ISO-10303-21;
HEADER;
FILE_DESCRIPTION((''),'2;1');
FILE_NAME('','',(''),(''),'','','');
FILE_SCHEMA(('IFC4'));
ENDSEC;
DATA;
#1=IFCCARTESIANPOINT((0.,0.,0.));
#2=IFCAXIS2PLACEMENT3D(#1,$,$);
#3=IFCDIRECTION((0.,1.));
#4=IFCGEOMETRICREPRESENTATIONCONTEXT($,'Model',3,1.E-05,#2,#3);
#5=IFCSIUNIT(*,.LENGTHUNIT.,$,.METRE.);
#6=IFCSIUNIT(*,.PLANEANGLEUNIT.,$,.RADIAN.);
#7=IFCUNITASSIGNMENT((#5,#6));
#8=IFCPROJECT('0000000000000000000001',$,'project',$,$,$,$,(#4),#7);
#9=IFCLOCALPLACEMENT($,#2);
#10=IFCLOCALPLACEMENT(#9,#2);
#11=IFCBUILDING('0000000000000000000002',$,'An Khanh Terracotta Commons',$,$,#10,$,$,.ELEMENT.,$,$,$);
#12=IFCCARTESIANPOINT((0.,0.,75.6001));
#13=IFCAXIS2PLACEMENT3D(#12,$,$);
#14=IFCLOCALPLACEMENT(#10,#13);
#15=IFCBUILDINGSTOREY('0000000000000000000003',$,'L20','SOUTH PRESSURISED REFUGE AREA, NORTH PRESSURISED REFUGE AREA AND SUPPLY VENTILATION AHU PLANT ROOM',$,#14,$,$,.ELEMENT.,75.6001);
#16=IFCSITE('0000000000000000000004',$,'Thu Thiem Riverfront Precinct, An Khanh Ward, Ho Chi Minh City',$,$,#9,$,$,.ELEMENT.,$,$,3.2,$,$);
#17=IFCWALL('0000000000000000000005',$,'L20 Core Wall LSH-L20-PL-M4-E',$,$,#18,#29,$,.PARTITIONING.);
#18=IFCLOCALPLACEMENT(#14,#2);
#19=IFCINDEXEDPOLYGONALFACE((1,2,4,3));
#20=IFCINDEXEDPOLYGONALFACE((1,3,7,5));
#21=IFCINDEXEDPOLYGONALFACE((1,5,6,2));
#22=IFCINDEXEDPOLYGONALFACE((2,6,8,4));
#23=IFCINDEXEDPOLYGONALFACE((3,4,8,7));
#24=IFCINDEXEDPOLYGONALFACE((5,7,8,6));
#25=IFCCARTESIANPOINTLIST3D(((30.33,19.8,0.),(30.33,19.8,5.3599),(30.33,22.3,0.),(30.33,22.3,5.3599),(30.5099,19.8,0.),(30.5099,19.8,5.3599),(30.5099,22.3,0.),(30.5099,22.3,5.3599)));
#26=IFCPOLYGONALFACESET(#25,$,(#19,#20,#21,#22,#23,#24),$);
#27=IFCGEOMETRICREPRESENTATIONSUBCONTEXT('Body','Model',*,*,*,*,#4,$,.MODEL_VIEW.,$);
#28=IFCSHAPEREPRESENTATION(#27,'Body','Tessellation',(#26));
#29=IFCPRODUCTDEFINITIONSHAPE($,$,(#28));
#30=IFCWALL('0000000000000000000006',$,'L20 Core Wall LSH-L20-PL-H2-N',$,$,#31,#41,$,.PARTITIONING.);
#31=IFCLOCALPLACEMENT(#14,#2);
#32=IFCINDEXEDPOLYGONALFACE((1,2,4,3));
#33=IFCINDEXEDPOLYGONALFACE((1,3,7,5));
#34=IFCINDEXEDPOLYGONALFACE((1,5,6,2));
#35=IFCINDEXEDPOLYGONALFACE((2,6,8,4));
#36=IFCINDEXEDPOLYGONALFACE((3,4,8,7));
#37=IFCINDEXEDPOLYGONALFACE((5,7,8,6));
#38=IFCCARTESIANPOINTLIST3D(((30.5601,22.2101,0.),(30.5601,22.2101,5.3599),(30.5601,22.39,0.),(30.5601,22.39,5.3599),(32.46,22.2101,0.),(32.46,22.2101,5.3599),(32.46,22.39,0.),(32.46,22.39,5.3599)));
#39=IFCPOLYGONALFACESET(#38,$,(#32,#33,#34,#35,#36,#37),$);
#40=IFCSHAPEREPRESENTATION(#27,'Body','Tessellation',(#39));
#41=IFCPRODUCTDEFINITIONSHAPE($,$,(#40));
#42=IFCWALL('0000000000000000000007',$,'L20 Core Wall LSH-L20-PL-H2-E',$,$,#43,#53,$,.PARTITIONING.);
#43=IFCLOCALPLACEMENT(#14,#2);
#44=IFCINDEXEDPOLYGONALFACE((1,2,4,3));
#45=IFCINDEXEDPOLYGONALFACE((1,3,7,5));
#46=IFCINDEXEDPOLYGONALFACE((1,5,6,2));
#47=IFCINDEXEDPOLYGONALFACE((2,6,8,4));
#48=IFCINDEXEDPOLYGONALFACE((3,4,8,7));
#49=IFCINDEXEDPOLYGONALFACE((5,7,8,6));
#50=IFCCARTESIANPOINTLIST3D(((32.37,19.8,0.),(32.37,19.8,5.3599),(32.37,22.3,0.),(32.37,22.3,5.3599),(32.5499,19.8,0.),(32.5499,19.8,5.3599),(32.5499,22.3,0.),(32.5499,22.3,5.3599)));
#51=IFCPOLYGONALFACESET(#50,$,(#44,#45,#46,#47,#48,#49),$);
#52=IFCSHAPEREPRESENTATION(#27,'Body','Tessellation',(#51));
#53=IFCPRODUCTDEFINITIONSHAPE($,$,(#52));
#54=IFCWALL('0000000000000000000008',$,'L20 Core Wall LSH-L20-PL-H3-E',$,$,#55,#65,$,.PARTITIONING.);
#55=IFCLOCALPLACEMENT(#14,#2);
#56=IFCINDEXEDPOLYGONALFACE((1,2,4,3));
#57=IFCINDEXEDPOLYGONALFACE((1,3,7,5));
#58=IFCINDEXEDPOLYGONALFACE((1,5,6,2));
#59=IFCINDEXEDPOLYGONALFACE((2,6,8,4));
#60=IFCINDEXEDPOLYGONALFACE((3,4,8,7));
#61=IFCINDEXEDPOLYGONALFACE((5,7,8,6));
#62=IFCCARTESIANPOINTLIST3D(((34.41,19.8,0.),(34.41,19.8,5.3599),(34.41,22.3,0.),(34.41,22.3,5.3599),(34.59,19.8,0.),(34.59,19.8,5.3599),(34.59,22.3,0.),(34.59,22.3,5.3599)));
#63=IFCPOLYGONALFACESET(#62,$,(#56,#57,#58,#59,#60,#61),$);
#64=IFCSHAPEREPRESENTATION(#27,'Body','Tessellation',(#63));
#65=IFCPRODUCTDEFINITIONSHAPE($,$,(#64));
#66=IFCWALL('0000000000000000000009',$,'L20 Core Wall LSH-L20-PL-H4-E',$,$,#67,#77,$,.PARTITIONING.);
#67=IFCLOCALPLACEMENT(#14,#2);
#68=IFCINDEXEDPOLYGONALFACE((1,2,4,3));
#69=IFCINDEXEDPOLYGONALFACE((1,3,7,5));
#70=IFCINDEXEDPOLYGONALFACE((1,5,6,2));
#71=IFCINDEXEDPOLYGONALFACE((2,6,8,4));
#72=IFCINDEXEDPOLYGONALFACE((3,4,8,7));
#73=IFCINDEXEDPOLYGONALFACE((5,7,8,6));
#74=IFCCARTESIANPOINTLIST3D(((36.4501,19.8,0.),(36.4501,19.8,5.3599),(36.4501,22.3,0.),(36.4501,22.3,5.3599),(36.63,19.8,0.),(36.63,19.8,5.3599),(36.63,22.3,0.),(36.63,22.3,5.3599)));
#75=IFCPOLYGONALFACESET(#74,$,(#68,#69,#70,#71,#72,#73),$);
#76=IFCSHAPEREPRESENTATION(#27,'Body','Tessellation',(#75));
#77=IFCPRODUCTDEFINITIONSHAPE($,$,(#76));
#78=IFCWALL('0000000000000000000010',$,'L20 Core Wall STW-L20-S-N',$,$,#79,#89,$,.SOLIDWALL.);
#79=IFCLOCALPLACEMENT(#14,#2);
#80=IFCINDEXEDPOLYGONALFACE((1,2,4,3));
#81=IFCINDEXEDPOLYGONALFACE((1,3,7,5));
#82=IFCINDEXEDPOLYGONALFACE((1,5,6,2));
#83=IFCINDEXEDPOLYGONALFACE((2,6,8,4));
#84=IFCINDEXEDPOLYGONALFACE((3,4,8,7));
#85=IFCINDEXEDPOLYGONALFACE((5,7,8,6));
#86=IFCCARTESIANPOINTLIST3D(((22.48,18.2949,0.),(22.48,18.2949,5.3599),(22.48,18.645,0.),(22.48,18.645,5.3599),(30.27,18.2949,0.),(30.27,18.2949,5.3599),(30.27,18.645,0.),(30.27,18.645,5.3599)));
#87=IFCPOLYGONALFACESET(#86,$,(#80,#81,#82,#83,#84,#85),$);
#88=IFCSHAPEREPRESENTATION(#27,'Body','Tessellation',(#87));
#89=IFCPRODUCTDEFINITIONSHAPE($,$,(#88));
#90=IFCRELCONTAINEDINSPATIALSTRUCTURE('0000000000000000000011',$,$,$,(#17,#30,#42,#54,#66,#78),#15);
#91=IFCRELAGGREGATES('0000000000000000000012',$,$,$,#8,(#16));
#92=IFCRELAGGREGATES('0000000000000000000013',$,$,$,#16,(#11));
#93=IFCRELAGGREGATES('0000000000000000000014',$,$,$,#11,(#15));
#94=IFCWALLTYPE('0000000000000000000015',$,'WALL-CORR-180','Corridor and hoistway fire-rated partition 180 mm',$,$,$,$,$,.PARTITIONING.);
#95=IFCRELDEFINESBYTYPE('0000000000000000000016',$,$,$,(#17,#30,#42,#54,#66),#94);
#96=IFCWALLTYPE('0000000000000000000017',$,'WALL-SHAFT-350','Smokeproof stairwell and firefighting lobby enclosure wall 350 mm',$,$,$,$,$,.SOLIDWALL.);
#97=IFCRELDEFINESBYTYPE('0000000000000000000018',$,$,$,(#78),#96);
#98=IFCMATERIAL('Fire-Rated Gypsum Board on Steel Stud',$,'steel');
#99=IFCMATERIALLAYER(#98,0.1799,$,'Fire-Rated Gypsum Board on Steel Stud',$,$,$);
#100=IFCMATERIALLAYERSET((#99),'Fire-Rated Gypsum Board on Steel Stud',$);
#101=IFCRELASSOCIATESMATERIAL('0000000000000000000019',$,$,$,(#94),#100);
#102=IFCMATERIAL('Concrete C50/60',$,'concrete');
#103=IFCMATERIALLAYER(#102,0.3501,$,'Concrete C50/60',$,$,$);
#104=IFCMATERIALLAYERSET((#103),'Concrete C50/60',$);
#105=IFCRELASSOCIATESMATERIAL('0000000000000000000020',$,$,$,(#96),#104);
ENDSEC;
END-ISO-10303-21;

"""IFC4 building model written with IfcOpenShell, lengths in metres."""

from ifc_helpers import new_model, si_unit, direction, frame, frame_2d, origin, place, context, subcontext, project, spatial, rectangle, extrude, material, layer, layer_set, type_object, element, save


model = new_model("IFC4")

# Units and contexts
model_context = context("Model", 3, precision=1e-05, world=origin(), true_north=direction((0.0, 1.0)))
body_context = subcontext(model_context, "Body", "Model", "MODEL_VIEW")
ifc_project = project(units=[si_unit("LENGTHUNIT", "METRE"), si_unit("PLANEANGLEUNIT", "RADIAN")], contexts=[model_context])

# Site, building, storey
site_placement = place(None, origin())
site = spatial("IfcSite", under=ifc_project, at=site_placement, Name="Thu Thiem Riverfront Precinct, An Khanh Ward, Ho Chi Minh City", CompositionType="ELEMENT", RefElevation=3.2)
building_placement = place(site_placement, origin())
building = spatial("IfcBuilding", under=site, at=building_placement, Name="An Khanh Terracotta Commons", CompositionType="ELEMENT")
storey_placement = place(building_placement, frame((0.0, 0.0, 75.6001)))
storey = spatial("IfcBuildingStorey", under=building, at=storey_placement, Name="L20", Description="SOUTH PRESSURISED REFUGE AREA, NORTH PRESSURISED REFUGE AREA AND SUPPLY VENTILATION AHU PLANT ROOM", CompositionType="ELEMENT", Elevation=75.6001)

# Shared definitions
ifc_material_1 = material(Name="Fire-Rated Gypsum Board on Steel Stud", Category="steel")
ifc_layer_1 = layer(ifc_material_1, 0.1799, Name="Fire-Rated Gypsum Board on Steel Stud")
ifc_layer_set_1 = layer_set([ifc_layer_1], Name="Fire-Rated Gypsum Board on Steel Stud")
wall_type_1 = type_object("IfcWallType", Name="WALL-CORR-180", Description="Corridor and hoistway fire-rated partition 180 mm", PredefinedType="PARTITIONING", material=ifc_layer_set_1)

# Walls
wall_1_placement = place(storey_placement, frame((30.4199, 19.8, 0.0), z_axis=(0.0, 0.0, 1.0), x_axis=(0.0, 1.0, 0.0)))
element("IfcWall", 1, at=wall_1_placement, inside=storey, type_object=wall_type_1, Name="L20 Core Wall LSH-L20-PL-M4-E", PredefinedType="PARTITIONING", context=body_context, shape_type="SweptSolid", body=[
    extrude(rectangle(XDim=2.5, YDim=0.1799, at=frame_2d((1.25, 0.0))), origin(), (0.0, 0.0, 1.0), 5.3599),
])
wall_2_placement = place(storey_placement, frame((30.5601, 22.3, 0.0), z_axis=(0.0, 0.0, 1.0), x_axis=(1.0, 0.0, 0.0)))
element("IfcWall", 2, at=wall_2_placement, inside=storey, type_object=wall_type_1, Name="L20 Core Wall LSH-L20-PL-H2-N", PredefinedType="PARTITIONING", context=body_context, shape_type="SweptSolid", body=[
    extrude(rectangle(XDim=1.8999, YDim=0.1799, at=frame_2d((0.95, 0.0))), origin(), (0.0, 0.0, 1.0), 5.3599),
])
for number, where, z_axis, x_axis, name in (
    (3, (32.46, 19.8, 0.0), (0.0, 0.0, 1.0), (0.0, 1.0, 0.0), "L20 Core Wall LSH-L20-PL-H2-E"),
    (4, (34.5, 19.8, 0.0), (0.0, 0.0, 1.0), (0.0, 1.0, 0.0), "L20 Core Wall LSH-L20-PL-H3-E"),
    (5, (36.54, 19.8, 0.0), (0.0, 0.0, 1.0), (0.0, 1.0, 0.0), "L20 Core Wall LSH-L20-PL-H4-E"),
):
    element("IfcWall", number, at=place(storey_placement, frame(where, z_axis=z_axis, x_axis=x_axis)), inside=storey, type_object=wall_type_1, Name=name, PredefinedType="PARTITIONING", context=body_context, shape_type="SweptSolid", body=[
        extrude(rectangle(XDim=2.5, YDim=0.1799, at=frame_2d((1.25, 0.0))), origin(), (0.0, 0.0, 1.0), 5.3599),
    ])
ifc_material_2 = material(Name="Concrete C50/60", Category="concrete")
ifc_layer_2 = layer(ifc_material_2, 0.3501, Name="Concrete C50/60")
ifc_layer_set_2 = layer_set([ifc_layer_2], Name="Concrete C50/60")
wall_type_2 = type_object("IfcWallType", Name="WALL-SHAFT-350", Description="Smokeproof stairwell and firefighting lobby enclosure wall 350 mm", PredefinedType="SOLIDWALL", material=ifc_layer_set_2)
wall_3_placement = place(storey_placement, frame((22.48, 18.47, 0.0), z_axis=(0.0, 0.0, 1.0), x_axis=(1.0, 0.0, 0.0)))
element("IfcWall", 6, at=wall_3_placement, inside=storey, type_object=wall_type_2, Name="L20 Core Wall STW-L20-S-N", PredefinedType="SOLIDWALL", context=body_context, shape_type="SweptSolid", body=[
    extrude(rectangle(XDim=7.79, YDim=0.3501, at=frame_2d((3.895, 0.0))), origin(), (0.0, 0.0, 1.0), 5.3599),
])

save(model, "model.ifc")
